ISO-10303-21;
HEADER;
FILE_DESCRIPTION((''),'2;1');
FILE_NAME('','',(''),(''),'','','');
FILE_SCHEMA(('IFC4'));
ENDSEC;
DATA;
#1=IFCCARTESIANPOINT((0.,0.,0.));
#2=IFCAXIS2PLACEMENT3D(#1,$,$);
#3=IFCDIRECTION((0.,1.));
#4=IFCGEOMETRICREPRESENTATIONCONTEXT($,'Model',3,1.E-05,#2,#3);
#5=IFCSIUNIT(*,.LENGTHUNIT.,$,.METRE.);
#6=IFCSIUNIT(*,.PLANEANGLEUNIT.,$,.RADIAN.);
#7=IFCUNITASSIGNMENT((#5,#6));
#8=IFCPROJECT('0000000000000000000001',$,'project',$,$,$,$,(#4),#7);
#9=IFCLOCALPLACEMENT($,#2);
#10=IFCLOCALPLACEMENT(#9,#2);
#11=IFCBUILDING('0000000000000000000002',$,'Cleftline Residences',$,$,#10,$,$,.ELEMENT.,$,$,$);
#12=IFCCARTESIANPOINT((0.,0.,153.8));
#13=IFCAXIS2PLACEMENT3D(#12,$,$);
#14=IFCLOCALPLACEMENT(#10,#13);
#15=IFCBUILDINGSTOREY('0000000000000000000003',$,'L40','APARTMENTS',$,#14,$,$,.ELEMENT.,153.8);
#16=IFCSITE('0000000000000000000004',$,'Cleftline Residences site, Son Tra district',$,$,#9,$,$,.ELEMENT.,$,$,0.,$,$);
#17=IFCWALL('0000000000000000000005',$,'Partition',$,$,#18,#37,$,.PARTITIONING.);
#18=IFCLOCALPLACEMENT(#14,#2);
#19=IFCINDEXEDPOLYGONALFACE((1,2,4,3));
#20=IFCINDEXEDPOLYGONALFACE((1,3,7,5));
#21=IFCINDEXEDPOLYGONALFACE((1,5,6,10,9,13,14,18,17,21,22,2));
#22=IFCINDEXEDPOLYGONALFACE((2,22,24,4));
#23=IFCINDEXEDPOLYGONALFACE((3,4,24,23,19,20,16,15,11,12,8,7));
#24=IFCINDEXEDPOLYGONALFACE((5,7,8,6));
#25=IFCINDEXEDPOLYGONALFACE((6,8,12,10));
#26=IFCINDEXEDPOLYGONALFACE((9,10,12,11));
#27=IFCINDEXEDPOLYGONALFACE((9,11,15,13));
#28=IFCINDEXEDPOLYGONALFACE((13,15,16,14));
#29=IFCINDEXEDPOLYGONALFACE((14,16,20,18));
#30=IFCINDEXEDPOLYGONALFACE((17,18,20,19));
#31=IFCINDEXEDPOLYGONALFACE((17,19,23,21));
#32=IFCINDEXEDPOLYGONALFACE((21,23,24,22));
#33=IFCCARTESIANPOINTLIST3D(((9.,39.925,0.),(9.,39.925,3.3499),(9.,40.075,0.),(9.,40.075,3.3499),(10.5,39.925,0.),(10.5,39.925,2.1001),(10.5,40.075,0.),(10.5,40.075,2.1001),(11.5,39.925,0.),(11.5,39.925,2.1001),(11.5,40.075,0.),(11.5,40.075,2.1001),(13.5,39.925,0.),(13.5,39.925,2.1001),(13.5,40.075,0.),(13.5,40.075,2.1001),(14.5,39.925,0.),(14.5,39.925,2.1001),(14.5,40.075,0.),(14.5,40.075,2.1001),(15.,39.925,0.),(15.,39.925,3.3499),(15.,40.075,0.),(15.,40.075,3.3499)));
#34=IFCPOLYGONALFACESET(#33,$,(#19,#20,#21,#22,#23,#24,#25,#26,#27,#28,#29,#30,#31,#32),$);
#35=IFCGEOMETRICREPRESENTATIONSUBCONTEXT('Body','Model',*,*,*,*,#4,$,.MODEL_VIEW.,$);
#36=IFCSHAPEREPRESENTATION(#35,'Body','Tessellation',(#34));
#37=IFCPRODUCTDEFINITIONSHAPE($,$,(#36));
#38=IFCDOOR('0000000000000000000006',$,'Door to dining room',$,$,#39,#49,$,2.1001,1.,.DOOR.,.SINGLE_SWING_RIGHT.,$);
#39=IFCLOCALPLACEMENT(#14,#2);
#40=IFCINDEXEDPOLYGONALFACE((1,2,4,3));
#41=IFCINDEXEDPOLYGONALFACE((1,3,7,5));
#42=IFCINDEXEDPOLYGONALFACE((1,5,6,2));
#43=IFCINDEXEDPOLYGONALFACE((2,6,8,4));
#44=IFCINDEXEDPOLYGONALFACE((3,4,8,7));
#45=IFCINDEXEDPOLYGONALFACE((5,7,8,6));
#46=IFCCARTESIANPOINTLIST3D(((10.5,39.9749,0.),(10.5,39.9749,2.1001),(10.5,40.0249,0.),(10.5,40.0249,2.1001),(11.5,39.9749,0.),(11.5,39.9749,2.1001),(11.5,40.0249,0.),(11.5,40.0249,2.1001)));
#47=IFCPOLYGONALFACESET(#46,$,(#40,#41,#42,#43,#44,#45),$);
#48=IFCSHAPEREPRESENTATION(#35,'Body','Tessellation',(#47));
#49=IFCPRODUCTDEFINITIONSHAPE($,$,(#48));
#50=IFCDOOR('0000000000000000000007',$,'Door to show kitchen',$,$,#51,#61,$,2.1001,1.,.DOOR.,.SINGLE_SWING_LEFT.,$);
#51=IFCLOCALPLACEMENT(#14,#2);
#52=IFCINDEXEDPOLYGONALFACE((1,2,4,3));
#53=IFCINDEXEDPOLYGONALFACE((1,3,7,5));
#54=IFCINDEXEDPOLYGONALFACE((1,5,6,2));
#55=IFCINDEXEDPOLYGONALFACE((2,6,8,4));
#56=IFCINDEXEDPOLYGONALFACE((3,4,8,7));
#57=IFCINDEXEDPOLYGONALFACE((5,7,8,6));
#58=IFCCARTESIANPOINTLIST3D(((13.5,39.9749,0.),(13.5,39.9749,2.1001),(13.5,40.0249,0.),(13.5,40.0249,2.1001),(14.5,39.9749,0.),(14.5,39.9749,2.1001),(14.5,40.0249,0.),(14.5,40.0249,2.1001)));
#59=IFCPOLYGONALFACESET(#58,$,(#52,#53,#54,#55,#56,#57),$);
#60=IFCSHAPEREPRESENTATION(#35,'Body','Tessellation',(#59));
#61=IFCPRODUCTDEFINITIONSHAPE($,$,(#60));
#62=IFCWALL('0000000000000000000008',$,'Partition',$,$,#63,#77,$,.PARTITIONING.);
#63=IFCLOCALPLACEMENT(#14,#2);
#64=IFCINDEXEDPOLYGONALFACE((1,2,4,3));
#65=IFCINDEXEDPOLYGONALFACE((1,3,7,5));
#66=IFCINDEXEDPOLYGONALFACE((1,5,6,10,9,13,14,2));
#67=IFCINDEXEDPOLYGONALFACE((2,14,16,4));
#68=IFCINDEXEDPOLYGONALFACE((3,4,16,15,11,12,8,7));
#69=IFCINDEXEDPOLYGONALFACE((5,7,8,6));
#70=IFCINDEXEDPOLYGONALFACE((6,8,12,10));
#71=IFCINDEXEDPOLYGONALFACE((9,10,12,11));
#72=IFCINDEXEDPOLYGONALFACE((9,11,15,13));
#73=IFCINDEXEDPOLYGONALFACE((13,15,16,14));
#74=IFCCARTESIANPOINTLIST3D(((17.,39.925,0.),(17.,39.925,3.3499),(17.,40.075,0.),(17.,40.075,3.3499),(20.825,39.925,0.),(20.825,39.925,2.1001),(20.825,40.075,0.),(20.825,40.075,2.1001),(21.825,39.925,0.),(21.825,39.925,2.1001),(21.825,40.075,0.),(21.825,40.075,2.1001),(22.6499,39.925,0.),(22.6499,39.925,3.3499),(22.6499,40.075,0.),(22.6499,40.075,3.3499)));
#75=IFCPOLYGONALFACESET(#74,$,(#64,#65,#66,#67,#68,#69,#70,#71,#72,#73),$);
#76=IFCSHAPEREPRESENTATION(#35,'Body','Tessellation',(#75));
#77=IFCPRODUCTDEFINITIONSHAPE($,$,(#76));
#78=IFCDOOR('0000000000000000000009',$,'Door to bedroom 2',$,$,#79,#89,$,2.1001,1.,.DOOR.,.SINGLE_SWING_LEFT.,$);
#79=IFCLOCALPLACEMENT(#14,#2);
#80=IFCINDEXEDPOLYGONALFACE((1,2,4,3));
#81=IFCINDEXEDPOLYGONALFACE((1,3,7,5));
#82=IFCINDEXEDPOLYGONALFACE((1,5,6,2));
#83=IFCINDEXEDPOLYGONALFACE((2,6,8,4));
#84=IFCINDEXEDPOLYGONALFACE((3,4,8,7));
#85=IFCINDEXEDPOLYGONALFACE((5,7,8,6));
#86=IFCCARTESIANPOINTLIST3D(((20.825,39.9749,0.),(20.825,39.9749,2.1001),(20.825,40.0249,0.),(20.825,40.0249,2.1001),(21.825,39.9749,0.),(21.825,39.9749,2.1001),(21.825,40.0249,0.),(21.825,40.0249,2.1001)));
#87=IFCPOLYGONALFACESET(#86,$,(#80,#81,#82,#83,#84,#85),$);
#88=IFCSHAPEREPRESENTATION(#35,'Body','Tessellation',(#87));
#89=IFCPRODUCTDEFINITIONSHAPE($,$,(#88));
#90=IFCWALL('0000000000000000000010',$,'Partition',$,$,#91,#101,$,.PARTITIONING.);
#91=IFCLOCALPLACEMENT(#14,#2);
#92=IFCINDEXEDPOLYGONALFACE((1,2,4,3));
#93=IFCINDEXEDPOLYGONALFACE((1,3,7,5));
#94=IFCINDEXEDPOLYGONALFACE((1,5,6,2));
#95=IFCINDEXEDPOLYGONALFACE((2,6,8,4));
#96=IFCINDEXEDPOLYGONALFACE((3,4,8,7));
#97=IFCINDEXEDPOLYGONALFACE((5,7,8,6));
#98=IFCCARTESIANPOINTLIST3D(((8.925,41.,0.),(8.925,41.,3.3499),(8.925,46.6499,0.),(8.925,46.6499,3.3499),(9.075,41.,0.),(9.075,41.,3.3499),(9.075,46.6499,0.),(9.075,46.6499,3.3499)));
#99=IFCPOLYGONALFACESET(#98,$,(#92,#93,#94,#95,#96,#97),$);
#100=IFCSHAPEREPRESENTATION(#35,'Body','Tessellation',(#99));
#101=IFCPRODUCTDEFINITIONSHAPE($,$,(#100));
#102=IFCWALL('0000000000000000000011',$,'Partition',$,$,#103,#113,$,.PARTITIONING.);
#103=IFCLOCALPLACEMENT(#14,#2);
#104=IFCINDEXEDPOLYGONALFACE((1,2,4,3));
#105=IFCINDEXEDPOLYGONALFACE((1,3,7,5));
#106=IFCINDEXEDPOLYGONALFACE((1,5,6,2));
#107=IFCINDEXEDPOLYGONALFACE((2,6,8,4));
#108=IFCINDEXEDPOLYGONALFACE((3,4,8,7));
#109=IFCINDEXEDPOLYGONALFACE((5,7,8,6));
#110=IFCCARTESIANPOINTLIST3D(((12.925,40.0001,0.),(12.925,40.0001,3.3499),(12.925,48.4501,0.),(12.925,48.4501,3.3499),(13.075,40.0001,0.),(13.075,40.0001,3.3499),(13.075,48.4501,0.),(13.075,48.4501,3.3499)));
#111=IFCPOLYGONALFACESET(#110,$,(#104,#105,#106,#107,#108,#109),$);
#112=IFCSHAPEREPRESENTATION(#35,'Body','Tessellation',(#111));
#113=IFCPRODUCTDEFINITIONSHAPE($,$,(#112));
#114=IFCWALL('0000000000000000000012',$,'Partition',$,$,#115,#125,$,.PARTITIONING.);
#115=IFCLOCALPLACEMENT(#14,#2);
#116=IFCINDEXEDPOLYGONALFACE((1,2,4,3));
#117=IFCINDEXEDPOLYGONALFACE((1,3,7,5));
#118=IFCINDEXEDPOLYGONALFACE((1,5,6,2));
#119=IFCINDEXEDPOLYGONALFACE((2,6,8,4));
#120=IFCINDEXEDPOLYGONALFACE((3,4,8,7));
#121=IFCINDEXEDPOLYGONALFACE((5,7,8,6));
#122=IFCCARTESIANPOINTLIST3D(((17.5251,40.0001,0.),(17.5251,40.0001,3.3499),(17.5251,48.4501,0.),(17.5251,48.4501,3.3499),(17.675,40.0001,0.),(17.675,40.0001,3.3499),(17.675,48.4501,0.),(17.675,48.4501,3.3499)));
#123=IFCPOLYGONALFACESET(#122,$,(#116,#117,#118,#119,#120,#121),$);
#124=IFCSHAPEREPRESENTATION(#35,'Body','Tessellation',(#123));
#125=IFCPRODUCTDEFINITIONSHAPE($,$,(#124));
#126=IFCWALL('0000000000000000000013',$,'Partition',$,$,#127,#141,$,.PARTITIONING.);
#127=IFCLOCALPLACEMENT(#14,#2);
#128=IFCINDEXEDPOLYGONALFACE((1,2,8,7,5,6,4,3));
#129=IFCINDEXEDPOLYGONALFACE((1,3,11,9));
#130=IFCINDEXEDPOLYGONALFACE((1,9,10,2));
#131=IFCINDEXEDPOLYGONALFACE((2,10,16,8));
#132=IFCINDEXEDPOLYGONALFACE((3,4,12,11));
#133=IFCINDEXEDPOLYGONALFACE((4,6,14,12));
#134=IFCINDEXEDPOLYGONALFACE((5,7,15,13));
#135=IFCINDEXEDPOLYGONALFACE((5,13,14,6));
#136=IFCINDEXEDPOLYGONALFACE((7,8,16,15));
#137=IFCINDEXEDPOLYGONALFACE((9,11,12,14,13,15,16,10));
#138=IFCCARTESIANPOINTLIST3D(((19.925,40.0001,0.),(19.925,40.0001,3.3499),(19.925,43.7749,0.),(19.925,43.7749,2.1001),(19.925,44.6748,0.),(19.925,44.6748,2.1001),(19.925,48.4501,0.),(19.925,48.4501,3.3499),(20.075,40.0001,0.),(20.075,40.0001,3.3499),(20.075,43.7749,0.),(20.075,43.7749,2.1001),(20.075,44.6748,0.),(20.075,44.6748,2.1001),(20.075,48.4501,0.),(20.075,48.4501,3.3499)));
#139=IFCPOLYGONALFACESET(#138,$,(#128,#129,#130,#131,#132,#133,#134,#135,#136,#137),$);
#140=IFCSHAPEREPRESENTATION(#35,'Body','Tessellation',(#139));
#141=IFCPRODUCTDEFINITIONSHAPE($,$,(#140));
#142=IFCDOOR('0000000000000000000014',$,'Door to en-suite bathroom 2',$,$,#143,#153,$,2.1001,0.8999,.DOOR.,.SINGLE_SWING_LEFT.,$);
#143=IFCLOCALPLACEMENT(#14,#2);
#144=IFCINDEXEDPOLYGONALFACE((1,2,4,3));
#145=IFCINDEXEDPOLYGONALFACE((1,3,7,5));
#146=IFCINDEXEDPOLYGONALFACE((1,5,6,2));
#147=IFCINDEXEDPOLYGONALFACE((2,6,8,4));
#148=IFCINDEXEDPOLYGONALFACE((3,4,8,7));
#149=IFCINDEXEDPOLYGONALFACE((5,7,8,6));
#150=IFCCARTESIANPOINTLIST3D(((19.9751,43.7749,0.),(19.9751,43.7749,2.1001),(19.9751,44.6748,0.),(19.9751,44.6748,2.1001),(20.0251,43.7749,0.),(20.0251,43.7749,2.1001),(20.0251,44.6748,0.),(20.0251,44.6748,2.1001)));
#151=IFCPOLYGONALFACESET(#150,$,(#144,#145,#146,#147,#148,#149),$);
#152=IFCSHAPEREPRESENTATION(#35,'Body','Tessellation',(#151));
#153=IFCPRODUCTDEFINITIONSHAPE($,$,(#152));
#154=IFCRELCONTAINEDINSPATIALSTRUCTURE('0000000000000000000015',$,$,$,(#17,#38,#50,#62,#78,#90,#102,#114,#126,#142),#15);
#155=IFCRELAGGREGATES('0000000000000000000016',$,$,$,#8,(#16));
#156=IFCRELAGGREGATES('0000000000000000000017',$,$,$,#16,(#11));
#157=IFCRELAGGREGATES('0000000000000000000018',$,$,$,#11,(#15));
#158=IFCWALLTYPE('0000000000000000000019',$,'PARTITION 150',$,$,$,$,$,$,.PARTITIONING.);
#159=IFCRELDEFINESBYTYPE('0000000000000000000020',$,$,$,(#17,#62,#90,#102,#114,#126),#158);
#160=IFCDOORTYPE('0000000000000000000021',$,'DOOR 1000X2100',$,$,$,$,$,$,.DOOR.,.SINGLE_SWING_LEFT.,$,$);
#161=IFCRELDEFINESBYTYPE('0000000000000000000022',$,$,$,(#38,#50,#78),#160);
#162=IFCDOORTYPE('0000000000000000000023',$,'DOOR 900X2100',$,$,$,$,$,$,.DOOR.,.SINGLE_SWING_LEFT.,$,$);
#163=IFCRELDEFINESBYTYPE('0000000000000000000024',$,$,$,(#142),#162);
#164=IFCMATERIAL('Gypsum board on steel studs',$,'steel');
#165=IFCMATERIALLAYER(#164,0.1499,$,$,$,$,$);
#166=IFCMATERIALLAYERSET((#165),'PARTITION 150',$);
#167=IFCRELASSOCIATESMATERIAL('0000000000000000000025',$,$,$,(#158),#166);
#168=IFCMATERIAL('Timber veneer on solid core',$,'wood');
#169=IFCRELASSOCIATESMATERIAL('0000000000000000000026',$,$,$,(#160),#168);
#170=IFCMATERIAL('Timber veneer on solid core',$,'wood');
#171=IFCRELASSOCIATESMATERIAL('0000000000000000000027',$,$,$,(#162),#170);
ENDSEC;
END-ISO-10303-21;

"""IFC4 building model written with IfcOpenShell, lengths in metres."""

from ifc_helpers import new_model, si_unit, direction, frame, frame_2d, origin, place, context, subcontext, project, spatial, rectangle, extrude, material, layer, layer_set, type_object, element, fill, save


model = new_model("IFC4")

# Units and contexts
model_context = context("Model", 3, precision=1e-05, world=origin(), true_north=direction((0.0, 1.0)))
body_context = subcontext(model_context, "Body", "Model", "MODEL_VIEW")
ifc_project = project(units=[si_unit("LENGTHUNIT", "METRE"), si_unit("PLANEANGLEUNIT", "RADIAN")], contexts=[model_context])

# Site, building, storey
site_placement = place(None, origin())
site = spatial("IfcSite", under=ifc_project, at=site_placement, Name="Cleftline Residences site, Son Tra district", CompositionType="ELEMENT", RefElevation=0.0)
building_placement = place(site_placement, origin())
building = spatial("IfcBuilding", under=site, at=building_placement, Name="Cleftline Residences", CompositionType="ELEMENT")
storey_placement = place(building_placement, frame((0.0, 0.0, 153.8)))
storey = spatial("IfcBuildingStorey", under=building, at=storey_placement, Name="L40", Description="APARTMENTS", CompositionType="ELEMENT", Elevation=153.8)

# Wall, openings, doors
ifc_material_1 = material(Name="Gypsum board on steel studs", Category="steel")
ifc_layer_1 = layer(ifc_material_1, 0.1499)
ifc_layer_set_1 = layer_set([ifc_layer_1], Name="PARTITION 150")
wall_type = type_object("IfcWallType", Name="PARTITION 150", PredefinedType="PARTITIONING", material=ifc_layer_set_1)
wall_1_placement = place(storey_placement, frame((9.0, 40.0, 0.0), z_axis=(0.0, 0.0, 1.0), x_axis=(1.0, 0.0, 0.0)))
wall_1 = element("IfcWall", 1, at=wall_1_placement, inside=storey, type_object=wall_type, Name="Partition", PredefinedType="PARTITIONING", context=body_context, shape_type="SweptSolid", body=[
    extrude(rectangle(XDim=6.0, YDim=0.1499, at=frame_2d((3.0, 0.0))), origin(), (0.0, 0.0, 1.0), 3.3499),
])
opening_1_placement = place(wall_1_placement, frame((1.5, 0.0, 0.0)))
opening_1 = element("IfcOpeningElement", 2, at=opening_1_placement, cuts=wall_1, PredefinedType="OPENING", context=body_context, shape_type="SweptSolid", body=[
    extrude(rectangle(XDim=1.0, YDim=2.1001, at=frame_2d((0.5, 1.05))), frame((0.0, 0.085, 0.0), z_axis=(0.0, -1.0, 0.0), x_axis=(1.0, 0.0, 0.0)), (0.0, 0.0, 1.0), 0.1699),
])
opening_2_placement = place(wall_1_placement, frame((4.5, 0.0, 0.0)))
opening_2 = element("IfcOpeningElement", 3, at=opening_2_placement, cuts=wall_1, PredefinedType="OPENING", context=body_context, shape_type="SweptSolid", body=[
    extrude(rectangle(XDim=1.0, YDim=2.1001, at=frame_2d((0.5, 1.05))), frame((0.0, 0.085, 0.0), z_axis=(0.0, -1.0, 0.0), x_axis=(1.0, 0.0, 0.0)), (0.0, 0.0, 1.0), 0.1699),
])
ifc_material_2 = material(Name="Timber veneer on solid core", Category="wood")
door_type_1 = type_object("IfcDoorType", Name="DOOR 1000X2100", OperationType="SINGLE_SWING_LEFT", PredefinedType="DOOR", material=ifc_material_2)
door_1_placement = place(opening_1_placement, origin())
door_1 = element("IfcDoor", 4, at=door_1_placement, inside=storey, type_object=door_type_1, Name="Door to dining room", OperationType="SINGLE_SWING_RIGHT", OverallHeight=2.1001, OverallWidth=1.0, PredefinedType="DOOR", context=body_context, shape_type="SweptSolid", body=[
    extrude(rectangle(XDim=1.0, YDim=2.1001, at=frame_2d((0.5, 1.05))), frame((0.0, 0.0249, 0.0), z_axis=(0.0, -1.0, 0.0), x_axis=(1.0, 0.0, 0.0)), (0.0, 0.0, 1.0), 0.05),
])
fill(opening_1, door_1)
door_2_placement = place(opening_2_placement, origin())
door_2 = element("IfcDoor", 5, at=door_2_placement, inside=storey, type_object=door_type_1, Name="Door to show kitchen", OperationType="SINGLE_SWING_LEFT", OverallHeight=2.1001, OverallWidth=1.0, PredefinedType="DOOR", context=body_context, shape_type="SweptSolid", body=[
    extrude(rectangle(XDim=1.0, YDim=2.1001, at=frame_2d((0.5, 1.05))), frame((0.0, 0.0249, 0.0), z_axis=(0.0, -1.0, 0.0), x_axis=(1.0, 0.0, 0.0)), (0.0, 0.0, 1.0), 0.05),
])
fill(opening_2, door_2)

# Wall, opening, door
wall_2_placement = place(storey_placement, frame((17.0, 40.0, 0.0), z_axis=(0.0, 0.0, 1.0), x_axis=(1.0, 0.0, 0.0)))
wall_2 = element("IfcWall", 6, at=wall_2_placement, inside=storey, type_object=wall_type, Name="Partition", PredefinedType="PARTITIONING", context=body_context, shape_type="SweptSolid", body=[
    extrude(rectangle(XDim=5.6499, YDim=0.1499, at=frame_2d((2.825, 0.0))), origin(), (0.0, 0.0, 1.0), 3.3499),
])
opening_3_placement = place(wall_2_placement, frame((3.825, 0.0, 0.0)))
opening_3 = element("IfcOpeningElement", 7, at=opening_3_placement, cuts=wall_2, PredefinedType="OPENING", context=body_context, shape_type="SweptSolid", body=[
    extrude(rectangle(XDim=1.0, YDim=2.1001, at=frame_2d((0.5, 1.05))), frame((0.0, 0.085, 0.0), z_axis=(0.0, -1.0, 0.0), x_axis=(1.0, 0.0, 0.0)), (0.0, 0.0, 1.0), 0.1699),
])
door_3_placement = place(opening_3_placement, origin())
door_3 = element("IfcDoor", 8, at=door_3_placement, inside=storey, type_object=door_type_1, Name="Door to bedroom 2", OperationType="SINGLE_SWING_LEFT", OverallHeight=2.1001, OverallWidth=1.0, PredefinedType="DOOR", context=body_context, shape_type="SweptSolid", body=[
    extrude(rectangle(XDim=1.0, YDim=2.1001, at=frame_2d((0.5, 1.05))), frame((0.0, 0.0249, 0.0), z_axis=(0.0, -1.0, 0.0), x_axis=(1.0, 0.0, 0.0)), (0.0, 0.0, 1.0), 0.05),
])
fill(opening_3, door_3)

# Walls
wall_3_placement = place(storey_placement, frame((9.0, 41.0, 0.0), z_axis=(0.0, 0.0, 1.0), x_axis=(0.0, 1.0, 0.0)))
element("IfcWall", 9, at=wall_3_placement, inside=storey, type_object=wall_type, Name="Partition", PredefinedType="PARTITIONING", context=body_context, shape_type="SweptSolid", body=[
    extrude(rectangle(XDim=5.6499, YDim=0.1499, at=frame_2d((2.825, 0.0))), origin(), (0.0, 0.0, 1.0), 3.3499),
])
for number, where, z_axis, x_axis, name in (
    (10, (13.0, 40.0, 0.0), (0.0, 0.0, 1.0), (0.0, 1.0, 0.0), "Partition"),
    (11, (17.6001, 40.0, 0.0), (0.0, 0.0, 1.0), (0.0, 1.0, 0.0), "Partition"),
):
    element("IfcWall", number, at=place(storey_placement, frame(where, z_axis=z_axis, x_axis=x_axis)), inside=storey, type_object=wall_type, Name=name, PredefinedType="PARTITIONING", context=body_context, shape_type="SweptSolid", body=[
        extrude(rectangle(XDim=8.45, YDim=0.1499, at=frame_2d((4.2251, 0.0))), origin(), (0.0, 0.0, 1.0), 3.3499),
    ])

# Wall, opening, door
wall_4_placement = place(storey_placement, frame((20.0, 40.0, 0.0), z_axis=(0.0, 0.0, 1.0), x_axis=(0.0, 1.0, 0.0)))
wall_4 = element("IfcWall", 12, at=wall_4_placement, inside=storey, type_object=wall_type, Name="Partition", PredefinedType="PARTITIONING", context=body_context, shape_type="SweptSolid", body=[
    extrude(rectangle(XDim=8.45, YDim=0.1499, at=frame_2d((4.2251, 0.0))), origin(), (0.0, 0.0, 1.0), 3.3499),
])
opening_4_placement = place(wall_4_placement, frame((3.7749, 0.0, 0.0)))
opening_4 = element("IfcOpeningElement", 13, at=opening_4_placement, cuts=wall_4, PredefinedType="OPENING", context=body_context, shape_type="SweptSolid", body=[
    extrude(rectangle(XDim=0.8999, YDim=2.1001, at=frame_2d((0.45, 1.05))), frame((0.0, 0.085, 0.0), z_axis=(0.0, -1.0, 0.0), x_axis=(1.0, 0.0, 0.0)), (0.0, 0.0, 1.0), 0.1699),
])
ifc_material_3 = material(Name="Timber veneer on solid core", Category="wood")
door_type_2 = type_object("IfcDoorType", Name="DOOR 900X2100", OperationType="SINGLE_SWING_LEFT", PredefinedType="DOOR", material=ifc_material_3)
door_4_placement = place(opening_4_placement, origin())
door_4 = element("IfcDoor", 14, at=door_4_placement, inside=storey, type_object=door_type_2, Name="Door to en-suite bathroom 2", OperationType="SINGLE_SWING_LEFT", OverallHeight=2.1001, OverallWidth=0.8999, PredefinedType="DOOR", context=body_context, shape_type="SweptSolid", body=[
    extrude(rectangle(XDim=0.8999, YDim=2.1001, at=frame_2d((0.45, 1.05))), frame((0.0, 0.0249, 0.0), z_axis=(0.0, -1.0, 0.0), x_axis=(1.0, 0.0, 0.0)), (0.0, 0.0, 1.0), 0.05),
])
fill(opening_4, door_4)

save(model, "model.ifc")
